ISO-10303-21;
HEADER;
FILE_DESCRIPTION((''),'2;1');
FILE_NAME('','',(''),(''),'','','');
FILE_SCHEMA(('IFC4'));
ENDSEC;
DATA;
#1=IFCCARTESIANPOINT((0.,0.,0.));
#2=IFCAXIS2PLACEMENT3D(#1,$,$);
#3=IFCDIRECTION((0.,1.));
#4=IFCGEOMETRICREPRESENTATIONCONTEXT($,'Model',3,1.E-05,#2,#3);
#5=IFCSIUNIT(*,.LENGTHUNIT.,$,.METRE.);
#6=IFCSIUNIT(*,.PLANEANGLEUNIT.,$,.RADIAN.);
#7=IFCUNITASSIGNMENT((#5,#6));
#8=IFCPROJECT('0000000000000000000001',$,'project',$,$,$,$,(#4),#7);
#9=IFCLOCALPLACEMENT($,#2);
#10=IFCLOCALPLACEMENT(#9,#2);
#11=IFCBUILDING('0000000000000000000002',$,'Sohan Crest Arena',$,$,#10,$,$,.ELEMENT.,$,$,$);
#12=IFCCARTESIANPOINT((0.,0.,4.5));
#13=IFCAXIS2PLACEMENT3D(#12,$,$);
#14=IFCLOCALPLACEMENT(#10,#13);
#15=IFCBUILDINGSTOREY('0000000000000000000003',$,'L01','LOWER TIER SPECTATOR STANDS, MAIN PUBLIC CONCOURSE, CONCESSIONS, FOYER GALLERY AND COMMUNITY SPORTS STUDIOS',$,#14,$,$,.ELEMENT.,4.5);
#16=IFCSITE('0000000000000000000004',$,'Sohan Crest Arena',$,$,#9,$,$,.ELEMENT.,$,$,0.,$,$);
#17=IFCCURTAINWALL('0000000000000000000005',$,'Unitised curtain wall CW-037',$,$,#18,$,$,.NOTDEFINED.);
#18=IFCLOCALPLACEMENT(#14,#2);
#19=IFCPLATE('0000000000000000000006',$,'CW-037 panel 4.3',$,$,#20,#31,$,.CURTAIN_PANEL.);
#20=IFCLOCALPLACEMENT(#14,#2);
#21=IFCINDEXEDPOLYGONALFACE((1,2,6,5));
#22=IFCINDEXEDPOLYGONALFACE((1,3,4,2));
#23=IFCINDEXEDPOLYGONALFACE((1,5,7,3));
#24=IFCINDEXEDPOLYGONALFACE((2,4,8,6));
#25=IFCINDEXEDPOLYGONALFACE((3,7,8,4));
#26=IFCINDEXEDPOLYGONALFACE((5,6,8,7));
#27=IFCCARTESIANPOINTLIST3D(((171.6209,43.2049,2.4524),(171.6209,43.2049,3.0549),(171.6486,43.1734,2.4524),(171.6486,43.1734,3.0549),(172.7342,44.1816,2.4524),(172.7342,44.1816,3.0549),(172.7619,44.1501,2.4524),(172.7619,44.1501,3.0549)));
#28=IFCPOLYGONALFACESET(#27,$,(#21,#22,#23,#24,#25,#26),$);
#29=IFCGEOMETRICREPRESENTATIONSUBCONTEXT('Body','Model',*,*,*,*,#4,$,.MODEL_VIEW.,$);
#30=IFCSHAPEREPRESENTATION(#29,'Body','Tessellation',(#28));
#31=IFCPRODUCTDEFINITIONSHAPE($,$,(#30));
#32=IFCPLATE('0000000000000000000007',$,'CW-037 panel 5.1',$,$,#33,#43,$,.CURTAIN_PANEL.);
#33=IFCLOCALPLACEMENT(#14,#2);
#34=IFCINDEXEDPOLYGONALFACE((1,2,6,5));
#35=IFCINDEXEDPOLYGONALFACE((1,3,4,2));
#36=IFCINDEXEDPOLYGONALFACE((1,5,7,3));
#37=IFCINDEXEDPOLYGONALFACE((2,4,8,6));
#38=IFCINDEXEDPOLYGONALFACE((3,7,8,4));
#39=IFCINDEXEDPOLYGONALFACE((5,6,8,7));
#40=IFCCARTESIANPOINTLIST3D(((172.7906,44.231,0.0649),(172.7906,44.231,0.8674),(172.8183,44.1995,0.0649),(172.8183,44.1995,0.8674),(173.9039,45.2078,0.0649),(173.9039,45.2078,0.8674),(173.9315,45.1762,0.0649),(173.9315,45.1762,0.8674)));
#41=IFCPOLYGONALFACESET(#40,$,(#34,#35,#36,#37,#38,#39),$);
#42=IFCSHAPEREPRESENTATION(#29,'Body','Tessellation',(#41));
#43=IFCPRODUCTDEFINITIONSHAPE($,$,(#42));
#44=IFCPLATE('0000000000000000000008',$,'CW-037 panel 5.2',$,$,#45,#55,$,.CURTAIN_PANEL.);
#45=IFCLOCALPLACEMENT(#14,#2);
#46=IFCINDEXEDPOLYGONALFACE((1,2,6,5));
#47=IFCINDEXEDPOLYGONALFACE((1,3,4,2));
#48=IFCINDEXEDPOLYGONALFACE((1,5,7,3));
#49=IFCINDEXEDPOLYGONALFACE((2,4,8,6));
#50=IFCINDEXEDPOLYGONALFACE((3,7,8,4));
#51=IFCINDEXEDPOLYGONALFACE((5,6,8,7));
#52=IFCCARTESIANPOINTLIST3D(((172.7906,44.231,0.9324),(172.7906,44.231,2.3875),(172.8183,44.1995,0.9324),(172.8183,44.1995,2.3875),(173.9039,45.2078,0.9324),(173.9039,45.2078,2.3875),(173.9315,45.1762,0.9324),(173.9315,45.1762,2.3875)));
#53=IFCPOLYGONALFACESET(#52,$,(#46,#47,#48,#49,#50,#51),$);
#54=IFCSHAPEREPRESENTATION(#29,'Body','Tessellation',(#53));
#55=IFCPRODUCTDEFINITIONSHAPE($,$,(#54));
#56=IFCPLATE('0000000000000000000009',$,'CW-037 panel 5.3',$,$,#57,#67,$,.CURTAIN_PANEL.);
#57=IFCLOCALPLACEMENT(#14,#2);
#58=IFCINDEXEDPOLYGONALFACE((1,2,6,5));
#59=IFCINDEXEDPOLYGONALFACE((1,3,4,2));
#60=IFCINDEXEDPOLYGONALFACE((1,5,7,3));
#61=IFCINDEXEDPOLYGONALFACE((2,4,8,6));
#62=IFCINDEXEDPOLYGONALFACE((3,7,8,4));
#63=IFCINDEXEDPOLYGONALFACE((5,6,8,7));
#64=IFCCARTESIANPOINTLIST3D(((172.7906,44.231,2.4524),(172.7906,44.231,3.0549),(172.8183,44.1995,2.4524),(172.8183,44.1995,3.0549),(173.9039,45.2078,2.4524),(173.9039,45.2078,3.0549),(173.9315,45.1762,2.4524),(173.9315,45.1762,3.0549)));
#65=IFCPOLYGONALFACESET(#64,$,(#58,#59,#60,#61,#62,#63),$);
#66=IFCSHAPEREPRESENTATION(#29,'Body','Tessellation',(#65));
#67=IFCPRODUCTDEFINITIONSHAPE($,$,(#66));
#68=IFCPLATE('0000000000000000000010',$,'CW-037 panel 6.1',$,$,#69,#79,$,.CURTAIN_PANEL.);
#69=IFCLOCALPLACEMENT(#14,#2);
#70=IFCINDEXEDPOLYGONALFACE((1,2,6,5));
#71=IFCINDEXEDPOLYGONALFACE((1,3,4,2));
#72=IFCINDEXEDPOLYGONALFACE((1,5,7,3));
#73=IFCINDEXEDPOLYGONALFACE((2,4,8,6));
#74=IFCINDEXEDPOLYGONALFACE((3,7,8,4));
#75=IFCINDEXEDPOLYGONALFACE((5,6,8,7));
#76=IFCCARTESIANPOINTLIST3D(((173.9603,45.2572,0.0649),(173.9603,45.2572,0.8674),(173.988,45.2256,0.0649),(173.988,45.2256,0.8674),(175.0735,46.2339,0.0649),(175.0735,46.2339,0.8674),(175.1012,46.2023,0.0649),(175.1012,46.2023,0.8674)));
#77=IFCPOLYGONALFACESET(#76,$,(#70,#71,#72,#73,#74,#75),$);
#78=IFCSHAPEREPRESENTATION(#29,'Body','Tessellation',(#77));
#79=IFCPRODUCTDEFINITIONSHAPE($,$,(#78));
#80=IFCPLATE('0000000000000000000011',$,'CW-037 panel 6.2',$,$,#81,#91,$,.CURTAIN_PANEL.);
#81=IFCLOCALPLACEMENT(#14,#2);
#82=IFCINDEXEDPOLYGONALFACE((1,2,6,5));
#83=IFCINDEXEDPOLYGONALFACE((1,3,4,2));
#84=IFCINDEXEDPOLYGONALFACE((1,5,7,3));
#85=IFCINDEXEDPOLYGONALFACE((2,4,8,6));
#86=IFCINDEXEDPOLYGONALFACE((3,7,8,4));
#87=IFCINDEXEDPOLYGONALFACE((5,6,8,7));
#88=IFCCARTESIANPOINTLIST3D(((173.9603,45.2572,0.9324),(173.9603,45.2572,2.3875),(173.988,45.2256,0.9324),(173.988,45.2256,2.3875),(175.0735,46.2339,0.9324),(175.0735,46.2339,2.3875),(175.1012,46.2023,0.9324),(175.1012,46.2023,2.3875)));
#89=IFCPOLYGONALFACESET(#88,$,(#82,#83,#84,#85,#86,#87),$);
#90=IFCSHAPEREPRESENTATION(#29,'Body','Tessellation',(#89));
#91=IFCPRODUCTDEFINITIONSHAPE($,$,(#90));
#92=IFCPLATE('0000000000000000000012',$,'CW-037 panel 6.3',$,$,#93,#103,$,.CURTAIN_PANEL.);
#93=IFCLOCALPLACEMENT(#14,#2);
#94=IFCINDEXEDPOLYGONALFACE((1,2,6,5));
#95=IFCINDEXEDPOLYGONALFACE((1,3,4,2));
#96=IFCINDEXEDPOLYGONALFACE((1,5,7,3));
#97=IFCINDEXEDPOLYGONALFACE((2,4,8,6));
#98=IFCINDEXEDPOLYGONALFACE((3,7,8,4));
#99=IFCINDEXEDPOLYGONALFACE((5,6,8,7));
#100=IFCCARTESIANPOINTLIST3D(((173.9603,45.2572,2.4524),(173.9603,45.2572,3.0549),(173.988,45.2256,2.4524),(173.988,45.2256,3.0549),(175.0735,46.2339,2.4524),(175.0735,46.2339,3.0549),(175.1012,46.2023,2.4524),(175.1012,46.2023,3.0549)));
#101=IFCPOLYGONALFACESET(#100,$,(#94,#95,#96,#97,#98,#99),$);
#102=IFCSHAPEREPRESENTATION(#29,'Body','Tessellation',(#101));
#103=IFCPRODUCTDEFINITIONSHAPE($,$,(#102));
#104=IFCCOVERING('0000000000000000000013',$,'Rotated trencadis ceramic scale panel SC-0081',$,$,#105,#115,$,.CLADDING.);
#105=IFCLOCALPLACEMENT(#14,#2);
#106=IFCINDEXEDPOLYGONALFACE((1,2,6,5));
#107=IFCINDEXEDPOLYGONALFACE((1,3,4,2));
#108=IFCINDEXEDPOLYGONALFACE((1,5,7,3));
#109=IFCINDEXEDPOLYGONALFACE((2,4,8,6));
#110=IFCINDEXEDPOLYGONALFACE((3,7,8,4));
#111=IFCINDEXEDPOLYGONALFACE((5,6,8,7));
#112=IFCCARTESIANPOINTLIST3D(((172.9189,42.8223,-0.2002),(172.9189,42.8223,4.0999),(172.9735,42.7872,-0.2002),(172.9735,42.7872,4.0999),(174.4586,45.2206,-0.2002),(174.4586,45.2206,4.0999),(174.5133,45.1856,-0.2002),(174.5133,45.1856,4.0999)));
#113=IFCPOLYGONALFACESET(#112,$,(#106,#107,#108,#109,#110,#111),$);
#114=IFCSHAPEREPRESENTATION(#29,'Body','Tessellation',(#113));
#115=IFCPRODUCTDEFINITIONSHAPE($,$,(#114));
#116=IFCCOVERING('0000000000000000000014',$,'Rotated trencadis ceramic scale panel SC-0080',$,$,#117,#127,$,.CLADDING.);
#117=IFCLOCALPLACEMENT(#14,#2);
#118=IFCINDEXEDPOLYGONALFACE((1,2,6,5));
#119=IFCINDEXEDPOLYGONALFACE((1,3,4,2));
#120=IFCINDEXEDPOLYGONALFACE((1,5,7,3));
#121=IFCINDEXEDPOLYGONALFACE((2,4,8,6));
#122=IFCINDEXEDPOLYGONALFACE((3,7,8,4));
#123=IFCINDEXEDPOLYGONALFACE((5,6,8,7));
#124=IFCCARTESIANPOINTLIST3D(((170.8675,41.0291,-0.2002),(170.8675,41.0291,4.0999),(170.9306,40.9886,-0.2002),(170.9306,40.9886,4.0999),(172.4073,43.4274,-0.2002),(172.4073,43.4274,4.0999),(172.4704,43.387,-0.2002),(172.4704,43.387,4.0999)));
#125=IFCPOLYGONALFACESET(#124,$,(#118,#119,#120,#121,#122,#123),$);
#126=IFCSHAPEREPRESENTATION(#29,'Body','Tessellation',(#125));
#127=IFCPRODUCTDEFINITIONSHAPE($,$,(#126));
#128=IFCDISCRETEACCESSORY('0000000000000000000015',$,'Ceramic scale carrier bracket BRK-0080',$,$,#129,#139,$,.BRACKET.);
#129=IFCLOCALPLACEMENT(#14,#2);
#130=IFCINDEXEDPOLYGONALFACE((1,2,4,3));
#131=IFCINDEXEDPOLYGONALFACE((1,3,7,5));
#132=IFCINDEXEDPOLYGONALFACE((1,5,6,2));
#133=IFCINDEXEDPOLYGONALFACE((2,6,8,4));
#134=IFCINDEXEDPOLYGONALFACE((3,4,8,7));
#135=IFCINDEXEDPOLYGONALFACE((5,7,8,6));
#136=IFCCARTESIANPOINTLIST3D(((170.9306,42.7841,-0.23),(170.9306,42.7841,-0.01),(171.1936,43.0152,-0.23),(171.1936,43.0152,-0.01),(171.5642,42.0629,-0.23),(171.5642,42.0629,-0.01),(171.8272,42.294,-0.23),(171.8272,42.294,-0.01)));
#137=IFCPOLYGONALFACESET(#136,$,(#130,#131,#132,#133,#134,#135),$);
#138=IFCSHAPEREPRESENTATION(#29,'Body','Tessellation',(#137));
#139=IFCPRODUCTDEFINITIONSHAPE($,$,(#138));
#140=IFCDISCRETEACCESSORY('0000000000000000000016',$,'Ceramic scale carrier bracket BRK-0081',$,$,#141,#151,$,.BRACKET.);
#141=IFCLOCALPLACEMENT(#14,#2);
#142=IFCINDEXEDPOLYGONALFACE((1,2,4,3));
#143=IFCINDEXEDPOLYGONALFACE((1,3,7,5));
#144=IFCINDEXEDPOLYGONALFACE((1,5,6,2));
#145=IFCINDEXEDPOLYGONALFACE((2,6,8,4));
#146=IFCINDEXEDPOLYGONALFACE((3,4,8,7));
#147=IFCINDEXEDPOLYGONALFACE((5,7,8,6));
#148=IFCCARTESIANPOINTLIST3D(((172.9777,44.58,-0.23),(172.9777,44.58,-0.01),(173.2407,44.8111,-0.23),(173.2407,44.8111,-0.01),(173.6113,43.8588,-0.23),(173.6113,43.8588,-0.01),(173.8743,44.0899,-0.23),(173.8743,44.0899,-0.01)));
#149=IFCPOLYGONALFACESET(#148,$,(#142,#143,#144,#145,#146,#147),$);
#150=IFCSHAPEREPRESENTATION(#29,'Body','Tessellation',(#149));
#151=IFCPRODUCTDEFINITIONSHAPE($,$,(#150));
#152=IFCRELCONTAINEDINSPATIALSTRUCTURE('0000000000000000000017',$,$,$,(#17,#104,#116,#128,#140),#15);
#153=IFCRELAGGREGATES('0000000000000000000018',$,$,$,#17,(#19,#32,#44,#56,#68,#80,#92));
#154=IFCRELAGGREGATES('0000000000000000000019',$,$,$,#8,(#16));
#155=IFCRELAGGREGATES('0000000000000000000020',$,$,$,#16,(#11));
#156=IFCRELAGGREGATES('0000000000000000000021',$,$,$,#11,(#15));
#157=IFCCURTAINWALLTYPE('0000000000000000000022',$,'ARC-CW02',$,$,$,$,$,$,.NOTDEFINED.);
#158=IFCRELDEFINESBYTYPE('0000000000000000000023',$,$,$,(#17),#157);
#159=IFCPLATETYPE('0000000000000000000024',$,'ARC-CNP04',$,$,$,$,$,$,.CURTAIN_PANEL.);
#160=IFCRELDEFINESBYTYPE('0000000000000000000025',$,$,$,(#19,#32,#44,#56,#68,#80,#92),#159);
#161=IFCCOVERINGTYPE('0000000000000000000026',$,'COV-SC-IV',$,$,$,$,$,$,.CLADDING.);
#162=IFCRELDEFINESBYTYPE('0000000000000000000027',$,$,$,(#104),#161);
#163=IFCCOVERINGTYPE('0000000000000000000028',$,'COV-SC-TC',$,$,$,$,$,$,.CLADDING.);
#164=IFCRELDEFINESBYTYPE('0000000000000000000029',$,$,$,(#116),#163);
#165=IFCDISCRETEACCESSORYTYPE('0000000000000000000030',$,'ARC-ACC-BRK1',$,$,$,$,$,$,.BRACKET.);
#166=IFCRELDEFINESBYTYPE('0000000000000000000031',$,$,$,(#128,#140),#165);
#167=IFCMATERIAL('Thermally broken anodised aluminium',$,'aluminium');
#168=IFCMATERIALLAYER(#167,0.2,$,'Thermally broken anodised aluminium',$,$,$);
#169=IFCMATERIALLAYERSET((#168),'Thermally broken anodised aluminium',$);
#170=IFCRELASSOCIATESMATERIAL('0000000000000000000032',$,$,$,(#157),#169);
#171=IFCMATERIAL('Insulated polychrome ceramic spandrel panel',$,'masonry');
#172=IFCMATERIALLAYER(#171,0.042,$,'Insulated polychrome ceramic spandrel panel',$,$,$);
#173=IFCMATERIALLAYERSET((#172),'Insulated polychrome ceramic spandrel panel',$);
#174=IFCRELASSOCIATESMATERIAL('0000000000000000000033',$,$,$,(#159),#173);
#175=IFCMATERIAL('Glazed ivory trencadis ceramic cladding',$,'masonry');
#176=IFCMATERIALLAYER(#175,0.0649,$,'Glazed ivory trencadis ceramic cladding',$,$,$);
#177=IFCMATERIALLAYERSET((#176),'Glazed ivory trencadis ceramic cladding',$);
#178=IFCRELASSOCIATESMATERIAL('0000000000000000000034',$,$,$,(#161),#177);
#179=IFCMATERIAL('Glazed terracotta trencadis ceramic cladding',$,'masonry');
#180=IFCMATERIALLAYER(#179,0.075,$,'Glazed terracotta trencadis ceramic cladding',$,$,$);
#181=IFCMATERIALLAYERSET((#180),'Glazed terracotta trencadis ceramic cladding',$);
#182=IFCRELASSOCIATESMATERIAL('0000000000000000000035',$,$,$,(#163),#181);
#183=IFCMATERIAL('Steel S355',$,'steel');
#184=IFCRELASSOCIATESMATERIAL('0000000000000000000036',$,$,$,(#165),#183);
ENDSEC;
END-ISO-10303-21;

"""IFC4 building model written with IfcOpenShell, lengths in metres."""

from ifc_helpers import new_model, si_unit, direction, frame, origin, origin_2d, place, context, subcontext, project, spatial, rectangle, extrude, material, layer, layer_set, type_object, element, aggregate, save


model = new_model("IFC4")

# Units and contexts
model_context = context("Model", 3, precision=1e-05, world=origin(), true_north=direction((0.0, 1.0)))
body_context = subcontext(model_context, "Body", "Model", "MODEL_VIEW")
ifc_project = project(units=[si_unit("LENGTHUNIT", "METRE"), si_unit("PLANEANGLEUNIT", "RADIAN")], contexts=[model_context])

# Site, building, storey
site_placement = place(None, origin())
site = spatial("IfcSite", under=ifc_project, at=site_placement, Name="Sohan Crest Arena", CompositionType="ELEMENT", RefElevation=0.0)
building_placement = place(site_placement, origin())
building = spatial("IfcBuilding", under=site, at=building_placement, Name="Sohan Crest Arena", CompositionType="ELEMENT")
storey_placement = place(building_placement, frame((0.0, 0.0, 4.5)))
storey = spatial("IfcBuildingStorey", under=building, at=storey_placement, Name="L01", Description="LOWER TIER SPECTATOR STANDS, MAIN PUBLIC CONCOURSE, CONCESSIONS, FOYER GALLERY AND COMMUNITY SPORTS STUDIOS", CompositionType="ELEMENT", Elevation=4.5)

# Curtain wall, plates
ifc_material_1 = material(Name="Thermally broken anodised aluminium", Category="aluminium")
ifc_layer_1 = layer(ifc_material_1, 0.2, Name="Thermally broken anodised aluminium")
ifc_layer_set_1 = layer_set([ifc_layer_1], Name="Thermally broken anodised aluminium")
curtain_wall_type = type_object("IfcCurtainWallType", Name="ARC-CW02", PredefinedType="NOTDEFINED", material=ifc_layer_set_1)
curtain_wall_placement = place(storey_placement, origin())
curtain_wall = element("IfcCurtainWall", 1, at=curtain_wall_placement, inside=storey, type_object=curtain_wall_type, Name="Unitised curtain wall CW-037", PredefinedType="NOTDEFINED")
ifc_material_2 = material(Name="Insulated polychrome ceramic spandrel panel", Category="masonry")
ifc_layer_2 = layer(ifc_material_2, 0.042, Name="Insulated polychrome ceramic spandrel panel")
ifc_layer_set_2 = layer_set([ifc_layer_2], Name="Insulated polychrome ceramic spandrel panel")
plate_type = type_object("IfcPlateType", Name="ARC-CNP04", PredefinedType="CURTAIN_PANEL", material=ifc_layer_set_2)
plate_1_placement = place(storey_placement, frame((172.1914, 43.6775, 2.4524), z_axis=(0.0, 0.0, 1.0), x_axis=(0.751694, 0.659512, 0.0)))
plate_1 = element("IfcPlate", 2, at=plate_1_placement, type_object=plate_type, Name="CW-037 panel 4.3", PredefinedType="CURTAIN_PANEL", context=body_context, shape_type="SweptSolid", body=[
    extrude(rectangle(XDim=1.481, YDim=0.042, at=origin_2d()), origin(), (0.0, 0.0, 1.0), 0.6025),
])
plate_2_placement = place(storey_placement, frame((173.3611, 44.7036, 0.0649), z_axis=(0.0, 0.0, 1.0), x_axis=(0.751694, 0.659512, 0.0)))
plate_2 = element("IfcPlate", 3, at=plate_2_placement, type_object=plate_type, Name="CW-037 panel 5.1", PredefinedType="CURTAIN_PANEL", context=body_context, shape_type="SweptSolid", body=[
    extrude(rectangle(XDim=1.481, YDim=0.042, at=origin_2d()), origin(), (0.0, 0.0, 1.0), 0.8025),
])
plate_3_placement = place(storey_placement, frame((173.3611, 44.7036, 0.9324), z_axis=(0.0, 0.0, 1.0), x_axis=(0.751694, 0.659512, 0.0)))
plate_3 = element("IfcPlate", 4, at=plate_3_placement, type_object=plate_type, Name="CW-037 panel 5.2", PredefinedType="CURTAIN_PANEL", context=body_context, shape_type="SweptSolid", body=[
    extrude(rectangle(XDim=1.481, YDim=0.042, at=origin_2d()), origin(), (0.0, 0.0, 1.0), 1.4551),
])
plate_4_placement = place(storey_placement, frame((173.3611, 44.7036, 2.4524), z_axis=(0.0, 0.0, 1.0), x_axis=(0.751694, 0.659512, 0.0)))
plate_4 = element("IfcPlate", 5, at=plate_4_placement, type_object=plate_type, Name="CW-037 panel 5.3", PredefinedType="CURTAIN_PANEL", context=body_context, shape_type="SweptSolid", body=[
    extrude(rectangle(XDim=1.481, YDim=0.042, at=origin_2d()), origin(), (0.0, 0.0, 1.0), 0.6025),
])
plate_5_placement = place(storey_placement, frame((174.5308, 45.7297, 0.0649), z_axis=(0.0, 0.0, 1.0), x_axis=(0.751694, 0.659512, 0.0)))
plate_5 = element("IfcPlate", 6, at=plate_5_placement, type_object=plate_type, Name="CW-037 panel 6.1", PredefinedType="CURTAIN_PANEL", context=body_context, shape_type="SweptSolid", body=[
    extrude(rectangle(XDim=1.481, YDim=0.042, at=origin_2d()), origin(), (0.0, 0.0, 1.0), 0.8025),
])
plate_6_placement = place(storey_placement, frame((174.5308, 45.7297, 0.9324), z_axis=(0.0, 0.0, 1.0), x_axis=(0.751694, 0.659512, 0.0)))
plate_6 = element("IfcPlate", 7, at=plate_6_placement, type_object=plate_type, Name="CW-037 panel 6.2", PredefinedType="CURTAIN_PANEL", context=body_context, shape_type="SweptSolid", body=[
    extrude(rectangle(XDim=1.481, YDim=0.042, at=origin_2d()), origin(), (0.0, 0.0, 1.0), 1.4551),
])
plate_7_placement = place(storey_placement, frame((174.5308, 45.7297, 2.4524), z_axis=(0.0, 0.0, 1.0), x_axis=(0.751694, 0.659512, 0.0)))
plate_7 = element("IfcPlate", 8, at=plate_7_placement, type_object=plate_type, Name="CW-037 panel 6.3", PredefinedType="CURTAIN_PANEL", context=body_context, shape_type="SweptSolid", body=[
    extrude(rectangle(XDim=1.481, YDim=0.042, at=origin_2d()), origin(), (0.0, 0.0, 1.0), 0.6025),
])
aggregate(curtain_wall, [plate_1, plate_2, plate_3, plate_4, plate_5, plate_6, plate_7])

# Coverings
ifc_material_3 = material(Name="Glazed ivory trencadis ceramic cladding", Category="masonry")
ifc_layer_3 = layer(ifc_material_3, 0.0649, Name="Glazed ivory trencadis ceramic cladding")
ifc_layer_set_3 = layer_set([ifc_layer_3], Name="Glazed ivory trencadis ceramic cladding")
covering_type_1 = type_object("IfcCoveringType", Name="COV-SC-IV", PredefinedType="CLADDING", material=ifc_layer_set_3)
covering_1_placement = place(storey_placement, frame((173.7161, 44.0039, -0.2002), z_axis=(0.0, 0.0, 1.0), x_axis=(0.54024, 0.841511, 0.0)))
element("IfcCovering", 9, at=covering_1_placement, inside=storey, type_object=covering_type_1, Name="Rotated trencadis ceramic scale panel SC-0081", PredefinedType="CLADDING", context=body_context, shape_type="SweptSolid", body=[
    extrude(rectangle(XDim=2.8501, YDim=0.0649, at=origin_2d()), origin(), (0.0, 0.0, 1.0), 4.3),
])
ifc_material_4 = material(Name="Glazed terracotta trencadis ceramic cladding", Category="masonry")
ifc_layer_4 = layer(ifc_material_4, 0.075, Name="Glazed terracotta trencadis ceramic cladding")
ifc_layer_set_4 = layer_set([ifc_layer_4], Name="Glazed terracotta trencadis ceramic cladding")
covering_type_2 = type_object("IfcCoveringType", Name="COV-SC-TC", PredefinedType="CLADDING", material=ifc_layer_set_4)
covering_2_placement = place(storey_placement, frame((171.6689, 42.208, -0.2002), z_axis=(0.0, 0.0, 1.0), x_axis=(0.54024, 0.841511, 0.0)))
element("IfcCovering", 10, at=covering_2_placement, inside=storey, type_object=covering_type_2, Name="Rotated trencadis ceramic scale panel SC-0080", PredefinedType="CLADDING", context=body_context, shape_type="SweptSolid", body=[
    extrude(rectangle(XDim=2.8501, YDim=0.075, at=origin_2d()), origin(), (0.0, 0.0, 1.0), 4.3),
])

# Discrete accessories
ifc_material_5 = material(Name="Steel S355", Category="steel")
discrete_accessory_type = type_object("IfcDiscreteAccessoryType", Name="ARC-ACC-BRK1", PredefinedType="BRACKET", material=ifc_material_5)
for number, where, z_axis, x_axis, name in (
    (11, (171.3789, 42.5391, -0.23), (0.0, 0.0, 1.0), (0.751264, 0.660002, 0.0), "Ceramic scale carrier bracket BRK-0080"),
    (12, (173.426, 44.335, -0.23), (0.0, 0.0, 1.0), (0.751264, 0.660002, 0.0), "Ceramic scale carrier bracket BRK-0081"),
):
    element("IfcDiscreteAccessory", number, at=place(storey_placement, frame(where, z_axis=z_axis, x_axis=x_axis)), inside=storey, type_object=discrete_accessory_type, Name=name, PredefinedType="BRACKET", context=body_context, shape_type="SweptSolid", body=[
        extrude(rectangle(XDim=0.3501, YDim=0.96, at=origin_2d()), origin(), (0.0, 0.0, 1.0), 0.22),
    ])

save(model, "model.ifc")
